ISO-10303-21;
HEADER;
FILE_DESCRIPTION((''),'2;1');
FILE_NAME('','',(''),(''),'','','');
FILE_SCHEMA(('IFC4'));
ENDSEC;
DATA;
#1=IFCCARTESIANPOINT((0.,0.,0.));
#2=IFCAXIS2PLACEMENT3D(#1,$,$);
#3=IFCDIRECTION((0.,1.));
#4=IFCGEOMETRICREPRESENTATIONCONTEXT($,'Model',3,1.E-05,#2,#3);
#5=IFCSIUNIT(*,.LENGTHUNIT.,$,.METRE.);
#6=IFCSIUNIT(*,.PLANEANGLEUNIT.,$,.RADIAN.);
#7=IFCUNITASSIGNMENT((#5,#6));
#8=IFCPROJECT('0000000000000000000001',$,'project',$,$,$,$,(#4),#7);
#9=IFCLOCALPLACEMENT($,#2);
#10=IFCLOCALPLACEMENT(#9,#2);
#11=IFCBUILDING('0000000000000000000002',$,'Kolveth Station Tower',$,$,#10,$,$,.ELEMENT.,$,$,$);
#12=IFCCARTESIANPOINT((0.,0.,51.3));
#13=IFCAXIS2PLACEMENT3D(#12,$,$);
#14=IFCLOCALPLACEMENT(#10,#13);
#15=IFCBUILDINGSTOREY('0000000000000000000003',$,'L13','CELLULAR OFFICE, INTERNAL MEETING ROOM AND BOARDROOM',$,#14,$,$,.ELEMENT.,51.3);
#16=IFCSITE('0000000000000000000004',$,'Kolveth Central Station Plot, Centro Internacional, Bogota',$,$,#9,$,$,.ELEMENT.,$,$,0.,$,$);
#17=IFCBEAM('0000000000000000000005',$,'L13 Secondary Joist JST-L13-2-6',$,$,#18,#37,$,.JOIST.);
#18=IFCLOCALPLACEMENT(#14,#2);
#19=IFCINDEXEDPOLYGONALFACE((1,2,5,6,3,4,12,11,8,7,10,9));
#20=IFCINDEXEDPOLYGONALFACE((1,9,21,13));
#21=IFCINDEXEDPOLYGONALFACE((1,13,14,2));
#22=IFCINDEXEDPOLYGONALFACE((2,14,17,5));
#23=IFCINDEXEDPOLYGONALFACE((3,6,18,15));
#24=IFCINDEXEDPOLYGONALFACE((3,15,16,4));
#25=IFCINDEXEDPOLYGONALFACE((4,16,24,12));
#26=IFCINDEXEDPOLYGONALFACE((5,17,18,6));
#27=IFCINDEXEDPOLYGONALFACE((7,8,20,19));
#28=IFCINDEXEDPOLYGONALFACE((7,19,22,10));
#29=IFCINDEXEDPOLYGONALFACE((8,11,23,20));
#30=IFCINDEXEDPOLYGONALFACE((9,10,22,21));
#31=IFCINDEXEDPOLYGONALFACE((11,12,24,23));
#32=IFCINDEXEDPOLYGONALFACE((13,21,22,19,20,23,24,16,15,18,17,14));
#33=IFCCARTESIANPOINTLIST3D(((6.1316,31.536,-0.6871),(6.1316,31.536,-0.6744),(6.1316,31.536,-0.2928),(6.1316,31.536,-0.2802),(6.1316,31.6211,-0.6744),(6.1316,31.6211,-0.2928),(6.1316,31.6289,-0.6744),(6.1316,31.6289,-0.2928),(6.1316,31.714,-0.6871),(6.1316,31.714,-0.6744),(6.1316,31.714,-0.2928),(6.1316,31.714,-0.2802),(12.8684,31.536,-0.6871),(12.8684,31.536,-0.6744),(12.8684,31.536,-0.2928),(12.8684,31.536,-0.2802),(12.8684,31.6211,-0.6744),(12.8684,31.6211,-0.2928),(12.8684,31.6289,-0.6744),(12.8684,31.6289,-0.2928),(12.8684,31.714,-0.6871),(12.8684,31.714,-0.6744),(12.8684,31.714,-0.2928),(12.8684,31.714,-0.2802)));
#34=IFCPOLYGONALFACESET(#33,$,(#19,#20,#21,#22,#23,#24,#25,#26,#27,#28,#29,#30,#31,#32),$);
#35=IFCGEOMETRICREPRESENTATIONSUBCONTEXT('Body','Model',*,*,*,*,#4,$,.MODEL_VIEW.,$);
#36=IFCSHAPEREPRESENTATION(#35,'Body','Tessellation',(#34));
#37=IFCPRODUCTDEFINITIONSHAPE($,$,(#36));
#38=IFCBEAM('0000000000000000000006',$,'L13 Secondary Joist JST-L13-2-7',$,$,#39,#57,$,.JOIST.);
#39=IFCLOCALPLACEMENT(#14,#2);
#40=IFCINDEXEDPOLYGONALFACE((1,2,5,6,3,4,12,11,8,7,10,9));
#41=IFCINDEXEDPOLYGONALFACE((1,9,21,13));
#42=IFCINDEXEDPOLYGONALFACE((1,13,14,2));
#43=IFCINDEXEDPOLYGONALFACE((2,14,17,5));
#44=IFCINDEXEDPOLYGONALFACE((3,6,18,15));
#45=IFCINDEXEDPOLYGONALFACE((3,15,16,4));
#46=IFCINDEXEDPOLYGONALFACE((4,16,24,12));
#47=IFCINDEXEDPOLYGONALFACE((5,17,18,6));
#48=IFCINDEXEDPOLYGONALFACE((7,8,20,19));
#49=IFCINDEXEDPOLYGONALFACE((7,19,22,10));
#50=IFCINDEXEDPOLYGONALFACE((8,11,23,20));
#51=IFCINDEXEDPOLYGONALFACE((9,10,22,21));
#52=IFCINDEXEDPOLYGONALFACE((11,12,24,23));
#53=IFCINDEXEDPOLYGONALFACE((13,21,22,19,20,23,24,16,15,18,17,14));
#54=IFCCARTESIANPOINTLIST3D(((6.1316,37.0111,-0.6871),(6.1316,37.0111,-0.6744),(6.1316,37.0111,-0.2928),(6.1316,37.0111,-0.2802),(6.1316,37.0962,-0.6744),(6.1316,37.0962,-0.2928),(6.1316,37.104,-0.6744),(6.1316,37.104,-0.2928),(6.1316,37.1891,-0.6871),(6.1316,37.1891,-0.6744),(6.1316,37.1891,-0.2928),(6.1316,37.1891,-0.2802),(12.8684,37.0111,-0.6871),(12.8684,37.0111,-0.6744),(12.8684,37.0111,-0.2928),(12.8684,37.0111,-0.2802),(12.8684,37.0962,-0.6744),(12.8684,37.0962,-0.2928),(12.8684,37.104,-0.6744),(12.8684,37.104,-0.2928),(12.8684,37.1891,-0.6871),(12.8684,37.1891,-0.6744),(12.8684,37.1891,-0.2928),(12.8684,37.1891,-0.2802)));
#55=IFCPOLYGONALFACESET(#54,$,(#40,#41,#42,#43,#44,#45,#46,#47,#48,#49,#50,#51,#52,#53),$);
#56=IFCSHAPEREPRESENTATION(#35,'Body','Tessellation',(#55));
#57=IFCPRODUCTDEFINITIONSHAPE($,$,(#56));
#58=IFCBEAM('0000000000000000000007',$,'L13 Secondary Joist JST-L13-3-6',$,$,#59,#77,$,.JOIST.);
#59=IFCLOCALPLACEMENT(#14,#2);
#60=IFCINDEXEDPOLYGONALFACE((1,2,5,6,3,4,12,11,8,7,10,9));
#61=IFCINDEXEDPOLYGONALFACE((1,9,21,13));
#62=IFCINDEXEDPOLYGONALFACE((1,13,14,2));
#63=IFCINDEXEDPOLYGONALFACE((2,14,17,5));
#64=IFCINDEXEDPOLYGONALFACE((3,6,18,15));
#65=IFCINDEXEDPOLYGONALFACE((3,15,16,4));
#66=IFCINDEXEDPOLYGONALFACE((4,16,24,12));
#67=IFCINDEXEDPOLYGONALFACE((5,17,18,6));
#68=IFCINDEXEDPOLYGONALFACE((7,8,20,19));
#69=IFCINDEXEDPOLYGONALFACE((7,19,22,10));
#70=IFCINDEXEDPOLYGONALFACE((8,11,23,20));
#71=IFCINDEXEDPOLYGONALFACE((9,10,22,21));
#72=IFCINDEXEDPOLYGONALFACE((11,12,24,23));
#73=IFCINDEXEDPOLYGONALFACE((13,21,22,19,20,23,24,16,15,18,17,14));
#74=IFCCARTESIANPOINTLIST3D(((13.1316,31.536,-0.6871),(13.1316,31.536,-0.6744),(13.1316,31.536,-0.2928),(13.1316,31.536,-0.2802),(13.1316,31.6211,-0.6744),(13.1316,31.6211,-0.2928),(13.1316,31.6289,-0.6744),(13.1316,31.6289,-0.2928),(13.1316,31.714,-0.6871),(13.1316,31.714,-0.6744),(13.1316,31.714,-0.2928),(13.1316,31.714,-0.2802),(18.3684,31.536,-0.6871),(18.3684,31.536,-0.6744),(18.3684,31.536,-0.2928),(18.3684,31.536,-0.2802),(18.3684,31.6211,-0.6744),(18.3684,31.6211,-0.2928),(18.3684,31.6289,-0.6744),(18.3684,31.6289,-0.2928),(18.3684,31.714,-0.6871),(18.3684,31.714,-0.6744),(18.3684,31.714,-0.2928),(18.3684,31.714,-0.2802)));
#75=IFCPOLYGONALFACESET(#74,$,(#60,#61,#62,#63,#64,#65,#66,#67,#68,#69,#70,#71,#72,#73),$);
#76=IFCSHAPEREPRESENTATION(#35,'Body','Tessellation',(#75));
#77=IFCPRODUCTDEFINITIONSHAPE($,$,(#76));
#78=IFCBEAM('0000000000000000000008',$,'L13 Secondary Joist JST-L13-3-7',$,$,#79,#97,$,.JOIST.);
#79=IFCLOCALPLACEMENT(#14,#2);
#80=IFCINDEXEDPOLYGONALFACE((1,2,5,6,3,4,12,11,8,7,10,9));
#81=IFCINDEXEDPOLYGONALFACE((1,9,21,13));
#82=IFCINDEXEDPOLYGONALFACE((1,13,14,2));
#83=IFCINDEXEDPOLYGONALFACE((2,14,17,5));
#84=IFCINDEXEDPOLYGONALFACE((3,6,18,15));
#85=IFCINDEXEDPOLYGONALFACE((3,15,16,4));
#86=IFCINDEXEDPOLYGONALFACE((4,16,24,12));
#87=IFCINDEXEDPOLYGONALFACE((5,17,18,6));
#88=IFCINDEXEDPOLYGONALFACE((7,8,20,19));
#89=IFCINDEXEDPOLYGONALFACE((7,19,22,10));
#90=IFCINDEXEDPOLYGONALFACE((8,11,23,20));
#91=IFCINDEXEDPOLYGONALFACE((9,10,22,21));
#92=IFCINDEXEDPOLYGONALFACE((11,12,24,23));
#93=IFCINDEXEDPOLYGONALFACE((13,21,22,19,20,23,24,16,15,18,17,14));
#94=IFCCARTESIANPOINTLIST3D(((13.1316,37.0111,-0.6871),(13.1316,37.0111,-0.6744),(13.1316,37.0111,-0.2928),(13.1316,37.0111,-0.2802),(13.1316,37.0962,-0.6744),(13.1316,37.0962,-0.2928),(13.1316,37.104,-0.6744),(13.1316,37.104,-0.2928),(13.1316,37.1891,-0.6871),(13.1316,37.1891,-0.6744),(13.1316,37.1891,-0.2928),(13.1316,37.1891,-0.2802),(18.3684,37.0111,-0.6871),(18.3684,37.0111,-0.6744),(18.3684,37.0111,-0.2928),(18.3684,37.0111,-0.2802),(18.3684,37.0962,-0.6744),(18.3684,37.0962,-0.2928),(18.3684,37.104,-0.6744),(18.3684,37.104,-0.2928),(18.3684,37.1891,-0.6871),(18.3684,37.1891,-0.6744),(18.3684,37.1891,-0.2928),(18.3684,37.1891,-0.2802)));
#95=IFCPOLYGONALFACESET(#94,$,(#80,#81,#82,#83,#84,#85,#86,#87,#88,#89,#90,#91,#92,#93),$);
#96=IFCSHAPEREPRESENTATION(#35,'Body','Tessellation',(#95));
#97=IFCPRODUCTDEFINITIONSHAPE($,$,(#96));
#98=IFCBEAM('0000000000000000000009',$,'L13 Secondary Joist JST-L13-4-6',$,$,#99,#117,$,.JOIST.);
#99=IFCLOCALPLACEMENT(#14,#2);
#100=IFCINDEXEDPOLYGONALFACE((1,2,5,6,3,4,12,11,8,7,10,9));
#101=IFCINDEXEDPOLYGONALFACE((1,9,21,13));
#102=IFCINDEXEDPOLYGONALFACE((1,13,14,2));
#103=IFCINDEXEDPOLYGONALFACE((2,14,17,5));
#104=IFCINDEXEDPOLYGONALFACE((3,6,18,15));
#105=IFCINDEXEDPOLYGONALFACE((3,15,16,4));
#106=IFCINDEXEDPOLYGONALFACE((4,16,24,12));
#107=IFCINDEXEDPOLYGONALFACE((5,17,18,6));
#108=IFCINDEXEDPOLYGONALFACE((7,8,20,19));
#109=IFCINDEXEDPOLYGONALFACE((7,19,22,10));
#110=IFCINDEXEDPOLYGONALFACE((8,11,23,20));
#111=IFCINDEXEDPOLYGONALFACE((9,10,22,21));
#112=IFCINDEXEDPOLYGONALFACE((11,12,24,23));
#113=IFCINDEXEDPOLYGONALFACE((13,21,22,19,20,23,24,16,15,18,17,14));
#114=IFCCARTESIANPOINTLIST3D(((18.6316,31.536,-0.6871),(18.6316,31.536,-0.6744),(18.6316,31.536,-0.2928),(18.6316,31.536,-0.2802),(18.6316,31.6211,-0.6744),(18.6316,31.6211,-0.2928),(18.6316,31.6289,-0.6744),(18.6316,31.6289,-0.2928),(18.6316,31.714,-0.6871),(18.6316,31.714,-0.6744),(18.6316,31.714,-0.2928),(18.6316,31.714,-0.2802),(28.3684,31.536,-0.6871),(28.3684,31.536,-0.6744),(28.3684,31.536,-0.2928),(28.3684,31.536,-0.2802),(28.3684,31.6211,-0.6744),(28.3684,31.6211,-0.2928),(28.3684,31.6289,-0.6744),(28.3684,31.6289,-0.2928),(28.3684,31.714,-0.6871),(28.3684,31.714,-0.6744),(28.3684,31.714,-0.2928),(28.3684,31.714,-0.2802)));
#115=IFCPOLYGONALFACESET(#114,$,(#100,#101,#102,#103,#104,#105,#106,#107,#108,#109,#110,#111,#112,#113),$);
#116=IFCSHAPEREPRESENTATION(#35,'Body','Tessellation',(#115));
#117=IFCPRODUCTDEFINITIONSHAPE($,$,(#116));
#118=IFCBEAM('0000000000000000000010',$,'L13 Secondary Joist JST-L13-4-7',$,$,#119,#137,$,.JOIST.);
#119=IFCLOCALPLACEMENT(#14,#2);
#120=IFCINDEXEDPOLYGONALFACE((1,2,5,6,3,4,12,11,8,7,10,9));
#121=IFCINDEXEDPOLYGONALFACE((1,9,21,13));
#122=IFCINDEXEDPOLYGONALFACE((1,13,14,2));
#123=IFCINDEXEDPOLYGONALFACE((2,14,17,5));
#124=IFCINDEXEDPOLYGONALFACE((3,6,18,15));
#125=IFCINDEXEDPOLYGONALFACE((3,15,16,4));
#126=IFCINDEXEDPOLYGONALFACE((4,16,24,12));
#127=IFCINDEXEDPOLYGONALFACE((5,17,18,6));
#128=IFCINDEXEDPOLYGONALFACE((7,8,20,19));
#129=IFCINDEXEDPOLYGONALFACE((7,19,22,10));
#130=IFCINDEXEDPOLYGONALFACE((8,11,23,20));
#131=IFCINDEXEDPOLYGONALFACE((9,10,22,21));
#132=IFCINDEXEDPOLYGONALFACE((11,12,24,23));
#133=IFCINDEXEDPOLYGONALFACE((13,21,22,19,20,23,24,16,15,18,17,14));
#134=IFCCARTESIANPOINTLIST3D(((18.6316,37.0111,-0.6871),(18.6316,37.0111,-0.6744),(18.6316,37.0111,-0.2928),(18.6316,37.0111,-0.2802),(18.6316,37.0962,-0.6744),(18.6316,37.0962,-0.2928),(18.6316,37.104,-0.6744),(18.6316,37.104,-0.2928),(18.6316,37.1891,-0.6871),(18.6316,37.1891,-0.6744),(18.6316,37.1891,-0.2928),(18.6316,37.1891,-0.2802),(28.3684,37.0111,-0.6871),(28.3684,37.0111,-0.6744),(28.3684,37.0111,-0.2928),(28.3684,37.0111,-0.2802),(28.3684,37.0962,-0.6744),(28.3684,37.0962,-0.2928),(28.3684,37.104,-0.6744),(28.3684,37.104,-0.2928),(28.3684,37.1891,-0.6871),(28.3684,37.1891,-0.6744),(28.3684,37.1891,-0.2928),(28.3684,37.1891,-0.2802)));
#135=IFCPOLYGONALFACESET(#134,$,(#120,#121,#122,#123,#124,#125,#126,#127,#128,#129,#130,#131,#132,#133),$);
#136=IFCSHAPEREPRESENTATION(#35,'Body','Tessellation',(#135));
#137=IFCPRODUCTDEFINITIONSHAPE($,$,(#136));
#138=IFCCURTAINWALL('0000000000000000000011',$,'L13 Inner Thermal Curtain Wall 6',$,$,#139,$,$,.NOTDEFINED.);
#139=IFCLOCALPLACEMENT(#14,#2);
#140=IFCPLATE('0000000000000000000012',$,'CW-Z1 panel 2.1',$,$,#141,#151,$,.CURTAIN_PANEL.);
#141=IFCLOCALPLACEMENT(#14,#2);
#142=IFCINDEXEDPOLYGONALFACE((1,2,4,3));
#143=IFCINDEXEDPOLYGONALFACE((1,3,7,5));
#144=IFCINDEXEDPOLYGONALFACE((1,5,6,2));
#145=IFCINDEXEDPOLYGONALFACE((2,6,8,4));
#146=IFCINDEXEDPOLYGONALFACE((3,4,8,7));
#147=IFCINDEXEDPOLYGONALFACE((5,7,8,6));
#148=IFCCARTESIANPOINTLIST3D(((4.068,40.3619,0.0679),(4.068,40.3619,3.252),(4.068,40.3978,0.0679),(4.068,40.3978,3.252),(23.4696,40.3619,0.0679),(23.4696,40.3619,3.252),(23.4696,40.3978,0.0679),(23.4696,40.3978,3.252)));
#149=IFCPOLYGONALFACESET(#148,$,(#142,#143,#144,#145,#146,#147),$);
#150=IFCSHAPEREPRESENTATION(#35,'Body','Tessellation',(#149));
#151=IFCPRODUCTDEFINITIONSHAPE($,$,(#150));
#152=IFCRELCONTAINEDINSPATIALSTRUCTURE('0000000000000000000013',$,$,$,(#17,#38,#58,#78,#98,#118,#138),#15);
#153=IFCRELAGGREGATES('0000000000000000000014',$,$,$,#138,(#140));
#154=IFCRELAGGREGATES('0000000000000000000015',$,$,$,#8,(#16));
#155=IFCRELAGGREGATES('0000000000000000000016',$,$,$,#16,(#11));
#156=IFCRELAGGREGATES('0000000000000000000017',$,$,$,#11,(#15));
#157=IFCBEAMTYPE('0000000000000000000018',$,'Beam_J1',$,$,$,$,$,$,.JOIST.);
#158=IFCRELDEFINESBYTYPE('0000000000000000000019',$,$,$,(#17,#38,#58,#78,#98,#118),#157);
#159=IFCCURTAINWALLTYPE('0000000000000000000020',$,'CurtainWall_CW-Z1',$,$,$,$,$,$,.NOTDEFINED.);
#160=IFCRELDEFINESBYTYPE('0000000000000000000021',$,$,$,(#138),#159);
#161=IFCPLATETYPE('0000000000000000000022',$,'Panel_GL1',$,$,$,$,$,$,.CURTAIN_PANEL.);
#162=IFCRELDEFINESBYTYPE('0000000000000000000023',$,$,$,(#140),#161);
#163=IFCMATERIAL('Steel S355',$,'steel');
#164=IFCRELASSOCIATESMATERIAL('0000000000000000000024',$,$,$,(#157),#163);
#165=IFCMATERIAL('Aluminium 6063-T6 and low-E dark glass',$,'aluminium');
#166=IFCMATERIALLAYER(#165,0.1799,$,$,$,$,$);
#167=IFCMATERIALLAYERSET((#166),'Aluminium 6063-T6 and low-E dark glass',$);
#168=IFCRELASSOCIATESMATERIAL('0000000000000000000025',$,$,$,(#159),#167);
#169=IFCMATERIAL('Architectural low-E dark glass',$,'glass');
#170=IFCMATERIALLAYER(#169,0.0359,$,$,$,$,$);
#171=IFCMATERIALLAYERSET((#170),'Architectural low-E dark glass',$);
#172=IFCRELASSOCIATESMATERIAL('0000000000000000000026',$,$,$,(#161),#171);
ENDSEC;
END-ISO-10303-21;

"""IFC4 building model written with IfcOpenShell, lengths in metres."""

from ifc_helpers import new_model, si_unit, direction, frame, origin, origin_2d, place, context, subcontext, project, spatial, rectangle, i_section, extrude, source, transform, mapped, material, layer, layer_set, material_profile, profile_set, type_object, element, aggregate, save


model = new_model("IFC4")

# Units and contexts
model_context = context("Model", 3, precision=1e-05, world=origin(), true_north=direction((0.0, 1.0)))
body_context = subcontext(model_context, "Body", "Model", "MODEL_VIEW")
ifc_project = project(units=[si_unit("LENGTHUNIT", "METRE"), si_unit("PLANEANGLEUNIT", "RADIAN")], contexts=[model_context])

# Site, building, storey
site_placement = place(None, origin())
site = spatial("IfcSite", under=ifc_project, at=site_placement, Name="Kolveth Central Station Plot, Centro Internacional, Bogota", CompositionType="ELEMENT", RefElevation=0.0)
building_placement = place(site_placement, origin())
building = spatial("IfcBuilding", under=site, at=building_placement, Name="Kolveth Station Tower", CompositionType="ELEMENT")
storey_placement = place(building_placement, frame((0.0, 0.0, 51.3)))
storey = spatial("IfcBuildingStorey", under=building, at=storey_placement, Name="L13", Description="CELLULAR OFFICE, INTERNAL MEETING ROOM AND BOARDROOM", CompositionType="ELEMENT", Elevation=51.3)

# Shared definitions
ifc_material_1 = material(Name="Steel S355", Category="steel")

# Beams
ifc_material_profile_1 = material_profile(ifc_material_1, i_section(OverallWidth=0.178, OverallDepth=0.407, WebThickness=0.0078, FlangeThickness=0.0127, at=origin_2d()), Name="W410x60")
ifc_profile_set_1 = profile_set([ifc_material_profile_1], Name="Steel S355")
beam_type_1 = type_object("IfcBeamType", Name="Beam_J1", PredefinedType="JOIST", material=ifc_profile_set_1)
shared_shape_1 = source(origin(), body_context, "Body", "SweptSolid", [
    extrude(i_section(OverallWidth=0.178, OverallDepth=0.407, WebThickness=0.0078, FlangeThickness=0.0127, at=origin_2d()), origin(), (0.0, 0.0, 1.0), 6.7368),
])
for number, where, z_axis, x_axis, name in (
    (1, (6.1316, 31.625, -0.4836), (1.0, 0.0, 0.0), (0.0, 1.0, 0.0), "L13 Secondary Joist JST-L13-2-6"),
    (2, (6.1316, 37.1001, -0.4836), (1.0, 0.0, 0.0), (0.0, 1.0, 0.0), "L13 Secondary Joist JST-L13-2-7"),
):
    element("IfcBeam", number, at=place(storey_placement, frame(where, z_axis=z_axis, x_axis=x_axis)), inside=storey, type_object=beam_type_1, Name=name, PredefinedType="JOIST", context=body_context, shape_type="MappedRepresentation", body=[
        mapped(shared_shape_1, transform((0.0, 0.0, 0.0), x_axis=(1.0, 0.0, 0.0), y_axis=(0.0, 1.0, 0.0), z_axis=(0.0, 0.0, 1.0), scale=1.0)),
    ])
shared_shape_2 = source(origin(), body_context, "Body", "SweptSolid", [
    extrude(i_section(OverallWidth=0.178, OverallDepth=0.407, WebThickness=0.0078, FlangeThickness=0.0127, at=origin_2d()), origin(), (0.0, 0.0, 1.0), 5.2368),
])
for number, where, z_axis, x_axis, name in (
    (3, (13.1316, 31.625, -0.4836), (1.0, 0.0, 0.0), (0.0, 1.0, 0.0), "L13 Secondary Joist JST-L13-3-6"),
    (4, (13.1316, 37.1001, -0.4836), (1.0, 0.0, 0.0), (0.0, 1.0, 0.0), "L13 Secondary Joist JST-L13-3-7"),
):
    element("IfcBeam", number, at=place(storey_placement, frame(where, z_axis=z_axis, x_axis=x_axis)), inside=storey, type_object=beam_type_1, Name=name, PredefinedType="JOIST", context=body_context, shape_type="MappedRepresentation", body=[
        mapped(shared_shape_2, transform((0.0, 0.0, 0.0), x_axis=(1.0, 0.0, 0.0), y_axis=(0.0, 1.0, 0.0), z_axis=(0.0, 0.0, 1.0), scale=1.0)),
    ])
shared_shape_3 = source(origin(), body_context, "Body", "SweptSolid", [
    extrude(i_section(OverallWidth=0.178, OverallDepth=0.407, WebThickness=0.0078, FlangeThickness=0.0127, at=origin_2d()), origin(), (0.0, 0.0, 1.0), 9.7368),
])
for number, where, z_axis, x_axis, name in (
    (5, (18.6316, 31.625, -0.4836), (1.0, 0.0, 0.0), (0.0, 1.0, 0.0), "L13 Secondary Joist JST-L13-4-6"),
    (6, (18.6316, 37.1001, -0.4836), (1.0, 0.0, 0.0), (0.0, 1.0, 0.0), "L13 Secondary Joist JST-L13-4-7"),
):
    element("IfcBeam", number, at=place(storey_placement, frame(where, z_axis=z_axis, x_axis=x_axis)), inside=storey, type_object=beam_type_1, Name=name, PredefinedType="JOIST", context=body_context, shape_type="MappedRepresentation", body=[
        mapped(shared_shape_3, transform((0.0, 0.0, 0.0), x_axis=(1.0, 0.0, 0.0), y_axis=(0.0, 1.0, 0.0), z_axis=(0.0, 0.0, 1.0), scale=1.0)),
    ])

# Curtain wall, plate
ifc_material_2 = material(Name="Aluminium 6063-T6 and low-E dark glass", Category="aluminium")
ifc_layer_1 = layer(ifc_material_2, 0.1799)
ifc_layer_set_1 = layer_set([ifc_layer_1], Name="Aluminium 6063-T6 and low-E dark glass")
curtain_wall_type = type_object("IfcCurtainWallType", Name="CurtainWall_CW-Z1", PredefinedType="NOTDEFINED", material=ifc_layer_set_1)
curtain_wall_placement = place(storey_placement, origin())
curtain_wall = element("IfcCurtainWall", 7, at=curtain_wall_placement, inside=storey, type_object=curtain_wall_type, Name="L13 Inner Thermal Curtain Wall 6", PredefinedType="NOTDEFINED")
ifc_material_3 = material(Name="Architectural low-E dark glass", Category="glass")
ifc_layer_2 = layer(ifc_material_3, 0.0359)
ifc_layer_set_2 = layer_set([ifc_layer_2], Name="Architectural low-E dark glass")
plate_type = type_object("IfcPlateType", Name="Panel_GL1", PredefinedType="CURTAIN_PANEL", material=ifc_layer_set_2)
shared_shape_4 = source(origin(), body_context, "Body", "SweptSolid", [
    extrude(rectangle(XDim=19.4016, YDim=0.0359, at=origin_2d()), origin(), (0.0, 0.0, 1.0), 3.1841),
])
plate_placement = place(storey_placement, frame((13.7688, 40.3799, 0.0679), z_axis=(0.0, 0.0, 1.0), x_axis=(-1.0, 0.0, 0.0)))
plate = element("IfcPlate", 8, at=plate_placement, type_object=plate_type, Name="CW-Z1 panel 2.1", PredefinedType="CURTAIN_PANEL", context=body_context, shape_type="MappedRepresentation", body=[
    mapped(shared_shape_4, transform((0.0, 0.0, 0.0), x_axis=(1.0, 0.0, 0.0), y_axis=(0.0, 1.0, 0.0), z_axis=(0.0, 0.0, 1.0), scale=1.0)),
])
aggregate(curtain_wall, [plate])

save(model, "model.ifc")
